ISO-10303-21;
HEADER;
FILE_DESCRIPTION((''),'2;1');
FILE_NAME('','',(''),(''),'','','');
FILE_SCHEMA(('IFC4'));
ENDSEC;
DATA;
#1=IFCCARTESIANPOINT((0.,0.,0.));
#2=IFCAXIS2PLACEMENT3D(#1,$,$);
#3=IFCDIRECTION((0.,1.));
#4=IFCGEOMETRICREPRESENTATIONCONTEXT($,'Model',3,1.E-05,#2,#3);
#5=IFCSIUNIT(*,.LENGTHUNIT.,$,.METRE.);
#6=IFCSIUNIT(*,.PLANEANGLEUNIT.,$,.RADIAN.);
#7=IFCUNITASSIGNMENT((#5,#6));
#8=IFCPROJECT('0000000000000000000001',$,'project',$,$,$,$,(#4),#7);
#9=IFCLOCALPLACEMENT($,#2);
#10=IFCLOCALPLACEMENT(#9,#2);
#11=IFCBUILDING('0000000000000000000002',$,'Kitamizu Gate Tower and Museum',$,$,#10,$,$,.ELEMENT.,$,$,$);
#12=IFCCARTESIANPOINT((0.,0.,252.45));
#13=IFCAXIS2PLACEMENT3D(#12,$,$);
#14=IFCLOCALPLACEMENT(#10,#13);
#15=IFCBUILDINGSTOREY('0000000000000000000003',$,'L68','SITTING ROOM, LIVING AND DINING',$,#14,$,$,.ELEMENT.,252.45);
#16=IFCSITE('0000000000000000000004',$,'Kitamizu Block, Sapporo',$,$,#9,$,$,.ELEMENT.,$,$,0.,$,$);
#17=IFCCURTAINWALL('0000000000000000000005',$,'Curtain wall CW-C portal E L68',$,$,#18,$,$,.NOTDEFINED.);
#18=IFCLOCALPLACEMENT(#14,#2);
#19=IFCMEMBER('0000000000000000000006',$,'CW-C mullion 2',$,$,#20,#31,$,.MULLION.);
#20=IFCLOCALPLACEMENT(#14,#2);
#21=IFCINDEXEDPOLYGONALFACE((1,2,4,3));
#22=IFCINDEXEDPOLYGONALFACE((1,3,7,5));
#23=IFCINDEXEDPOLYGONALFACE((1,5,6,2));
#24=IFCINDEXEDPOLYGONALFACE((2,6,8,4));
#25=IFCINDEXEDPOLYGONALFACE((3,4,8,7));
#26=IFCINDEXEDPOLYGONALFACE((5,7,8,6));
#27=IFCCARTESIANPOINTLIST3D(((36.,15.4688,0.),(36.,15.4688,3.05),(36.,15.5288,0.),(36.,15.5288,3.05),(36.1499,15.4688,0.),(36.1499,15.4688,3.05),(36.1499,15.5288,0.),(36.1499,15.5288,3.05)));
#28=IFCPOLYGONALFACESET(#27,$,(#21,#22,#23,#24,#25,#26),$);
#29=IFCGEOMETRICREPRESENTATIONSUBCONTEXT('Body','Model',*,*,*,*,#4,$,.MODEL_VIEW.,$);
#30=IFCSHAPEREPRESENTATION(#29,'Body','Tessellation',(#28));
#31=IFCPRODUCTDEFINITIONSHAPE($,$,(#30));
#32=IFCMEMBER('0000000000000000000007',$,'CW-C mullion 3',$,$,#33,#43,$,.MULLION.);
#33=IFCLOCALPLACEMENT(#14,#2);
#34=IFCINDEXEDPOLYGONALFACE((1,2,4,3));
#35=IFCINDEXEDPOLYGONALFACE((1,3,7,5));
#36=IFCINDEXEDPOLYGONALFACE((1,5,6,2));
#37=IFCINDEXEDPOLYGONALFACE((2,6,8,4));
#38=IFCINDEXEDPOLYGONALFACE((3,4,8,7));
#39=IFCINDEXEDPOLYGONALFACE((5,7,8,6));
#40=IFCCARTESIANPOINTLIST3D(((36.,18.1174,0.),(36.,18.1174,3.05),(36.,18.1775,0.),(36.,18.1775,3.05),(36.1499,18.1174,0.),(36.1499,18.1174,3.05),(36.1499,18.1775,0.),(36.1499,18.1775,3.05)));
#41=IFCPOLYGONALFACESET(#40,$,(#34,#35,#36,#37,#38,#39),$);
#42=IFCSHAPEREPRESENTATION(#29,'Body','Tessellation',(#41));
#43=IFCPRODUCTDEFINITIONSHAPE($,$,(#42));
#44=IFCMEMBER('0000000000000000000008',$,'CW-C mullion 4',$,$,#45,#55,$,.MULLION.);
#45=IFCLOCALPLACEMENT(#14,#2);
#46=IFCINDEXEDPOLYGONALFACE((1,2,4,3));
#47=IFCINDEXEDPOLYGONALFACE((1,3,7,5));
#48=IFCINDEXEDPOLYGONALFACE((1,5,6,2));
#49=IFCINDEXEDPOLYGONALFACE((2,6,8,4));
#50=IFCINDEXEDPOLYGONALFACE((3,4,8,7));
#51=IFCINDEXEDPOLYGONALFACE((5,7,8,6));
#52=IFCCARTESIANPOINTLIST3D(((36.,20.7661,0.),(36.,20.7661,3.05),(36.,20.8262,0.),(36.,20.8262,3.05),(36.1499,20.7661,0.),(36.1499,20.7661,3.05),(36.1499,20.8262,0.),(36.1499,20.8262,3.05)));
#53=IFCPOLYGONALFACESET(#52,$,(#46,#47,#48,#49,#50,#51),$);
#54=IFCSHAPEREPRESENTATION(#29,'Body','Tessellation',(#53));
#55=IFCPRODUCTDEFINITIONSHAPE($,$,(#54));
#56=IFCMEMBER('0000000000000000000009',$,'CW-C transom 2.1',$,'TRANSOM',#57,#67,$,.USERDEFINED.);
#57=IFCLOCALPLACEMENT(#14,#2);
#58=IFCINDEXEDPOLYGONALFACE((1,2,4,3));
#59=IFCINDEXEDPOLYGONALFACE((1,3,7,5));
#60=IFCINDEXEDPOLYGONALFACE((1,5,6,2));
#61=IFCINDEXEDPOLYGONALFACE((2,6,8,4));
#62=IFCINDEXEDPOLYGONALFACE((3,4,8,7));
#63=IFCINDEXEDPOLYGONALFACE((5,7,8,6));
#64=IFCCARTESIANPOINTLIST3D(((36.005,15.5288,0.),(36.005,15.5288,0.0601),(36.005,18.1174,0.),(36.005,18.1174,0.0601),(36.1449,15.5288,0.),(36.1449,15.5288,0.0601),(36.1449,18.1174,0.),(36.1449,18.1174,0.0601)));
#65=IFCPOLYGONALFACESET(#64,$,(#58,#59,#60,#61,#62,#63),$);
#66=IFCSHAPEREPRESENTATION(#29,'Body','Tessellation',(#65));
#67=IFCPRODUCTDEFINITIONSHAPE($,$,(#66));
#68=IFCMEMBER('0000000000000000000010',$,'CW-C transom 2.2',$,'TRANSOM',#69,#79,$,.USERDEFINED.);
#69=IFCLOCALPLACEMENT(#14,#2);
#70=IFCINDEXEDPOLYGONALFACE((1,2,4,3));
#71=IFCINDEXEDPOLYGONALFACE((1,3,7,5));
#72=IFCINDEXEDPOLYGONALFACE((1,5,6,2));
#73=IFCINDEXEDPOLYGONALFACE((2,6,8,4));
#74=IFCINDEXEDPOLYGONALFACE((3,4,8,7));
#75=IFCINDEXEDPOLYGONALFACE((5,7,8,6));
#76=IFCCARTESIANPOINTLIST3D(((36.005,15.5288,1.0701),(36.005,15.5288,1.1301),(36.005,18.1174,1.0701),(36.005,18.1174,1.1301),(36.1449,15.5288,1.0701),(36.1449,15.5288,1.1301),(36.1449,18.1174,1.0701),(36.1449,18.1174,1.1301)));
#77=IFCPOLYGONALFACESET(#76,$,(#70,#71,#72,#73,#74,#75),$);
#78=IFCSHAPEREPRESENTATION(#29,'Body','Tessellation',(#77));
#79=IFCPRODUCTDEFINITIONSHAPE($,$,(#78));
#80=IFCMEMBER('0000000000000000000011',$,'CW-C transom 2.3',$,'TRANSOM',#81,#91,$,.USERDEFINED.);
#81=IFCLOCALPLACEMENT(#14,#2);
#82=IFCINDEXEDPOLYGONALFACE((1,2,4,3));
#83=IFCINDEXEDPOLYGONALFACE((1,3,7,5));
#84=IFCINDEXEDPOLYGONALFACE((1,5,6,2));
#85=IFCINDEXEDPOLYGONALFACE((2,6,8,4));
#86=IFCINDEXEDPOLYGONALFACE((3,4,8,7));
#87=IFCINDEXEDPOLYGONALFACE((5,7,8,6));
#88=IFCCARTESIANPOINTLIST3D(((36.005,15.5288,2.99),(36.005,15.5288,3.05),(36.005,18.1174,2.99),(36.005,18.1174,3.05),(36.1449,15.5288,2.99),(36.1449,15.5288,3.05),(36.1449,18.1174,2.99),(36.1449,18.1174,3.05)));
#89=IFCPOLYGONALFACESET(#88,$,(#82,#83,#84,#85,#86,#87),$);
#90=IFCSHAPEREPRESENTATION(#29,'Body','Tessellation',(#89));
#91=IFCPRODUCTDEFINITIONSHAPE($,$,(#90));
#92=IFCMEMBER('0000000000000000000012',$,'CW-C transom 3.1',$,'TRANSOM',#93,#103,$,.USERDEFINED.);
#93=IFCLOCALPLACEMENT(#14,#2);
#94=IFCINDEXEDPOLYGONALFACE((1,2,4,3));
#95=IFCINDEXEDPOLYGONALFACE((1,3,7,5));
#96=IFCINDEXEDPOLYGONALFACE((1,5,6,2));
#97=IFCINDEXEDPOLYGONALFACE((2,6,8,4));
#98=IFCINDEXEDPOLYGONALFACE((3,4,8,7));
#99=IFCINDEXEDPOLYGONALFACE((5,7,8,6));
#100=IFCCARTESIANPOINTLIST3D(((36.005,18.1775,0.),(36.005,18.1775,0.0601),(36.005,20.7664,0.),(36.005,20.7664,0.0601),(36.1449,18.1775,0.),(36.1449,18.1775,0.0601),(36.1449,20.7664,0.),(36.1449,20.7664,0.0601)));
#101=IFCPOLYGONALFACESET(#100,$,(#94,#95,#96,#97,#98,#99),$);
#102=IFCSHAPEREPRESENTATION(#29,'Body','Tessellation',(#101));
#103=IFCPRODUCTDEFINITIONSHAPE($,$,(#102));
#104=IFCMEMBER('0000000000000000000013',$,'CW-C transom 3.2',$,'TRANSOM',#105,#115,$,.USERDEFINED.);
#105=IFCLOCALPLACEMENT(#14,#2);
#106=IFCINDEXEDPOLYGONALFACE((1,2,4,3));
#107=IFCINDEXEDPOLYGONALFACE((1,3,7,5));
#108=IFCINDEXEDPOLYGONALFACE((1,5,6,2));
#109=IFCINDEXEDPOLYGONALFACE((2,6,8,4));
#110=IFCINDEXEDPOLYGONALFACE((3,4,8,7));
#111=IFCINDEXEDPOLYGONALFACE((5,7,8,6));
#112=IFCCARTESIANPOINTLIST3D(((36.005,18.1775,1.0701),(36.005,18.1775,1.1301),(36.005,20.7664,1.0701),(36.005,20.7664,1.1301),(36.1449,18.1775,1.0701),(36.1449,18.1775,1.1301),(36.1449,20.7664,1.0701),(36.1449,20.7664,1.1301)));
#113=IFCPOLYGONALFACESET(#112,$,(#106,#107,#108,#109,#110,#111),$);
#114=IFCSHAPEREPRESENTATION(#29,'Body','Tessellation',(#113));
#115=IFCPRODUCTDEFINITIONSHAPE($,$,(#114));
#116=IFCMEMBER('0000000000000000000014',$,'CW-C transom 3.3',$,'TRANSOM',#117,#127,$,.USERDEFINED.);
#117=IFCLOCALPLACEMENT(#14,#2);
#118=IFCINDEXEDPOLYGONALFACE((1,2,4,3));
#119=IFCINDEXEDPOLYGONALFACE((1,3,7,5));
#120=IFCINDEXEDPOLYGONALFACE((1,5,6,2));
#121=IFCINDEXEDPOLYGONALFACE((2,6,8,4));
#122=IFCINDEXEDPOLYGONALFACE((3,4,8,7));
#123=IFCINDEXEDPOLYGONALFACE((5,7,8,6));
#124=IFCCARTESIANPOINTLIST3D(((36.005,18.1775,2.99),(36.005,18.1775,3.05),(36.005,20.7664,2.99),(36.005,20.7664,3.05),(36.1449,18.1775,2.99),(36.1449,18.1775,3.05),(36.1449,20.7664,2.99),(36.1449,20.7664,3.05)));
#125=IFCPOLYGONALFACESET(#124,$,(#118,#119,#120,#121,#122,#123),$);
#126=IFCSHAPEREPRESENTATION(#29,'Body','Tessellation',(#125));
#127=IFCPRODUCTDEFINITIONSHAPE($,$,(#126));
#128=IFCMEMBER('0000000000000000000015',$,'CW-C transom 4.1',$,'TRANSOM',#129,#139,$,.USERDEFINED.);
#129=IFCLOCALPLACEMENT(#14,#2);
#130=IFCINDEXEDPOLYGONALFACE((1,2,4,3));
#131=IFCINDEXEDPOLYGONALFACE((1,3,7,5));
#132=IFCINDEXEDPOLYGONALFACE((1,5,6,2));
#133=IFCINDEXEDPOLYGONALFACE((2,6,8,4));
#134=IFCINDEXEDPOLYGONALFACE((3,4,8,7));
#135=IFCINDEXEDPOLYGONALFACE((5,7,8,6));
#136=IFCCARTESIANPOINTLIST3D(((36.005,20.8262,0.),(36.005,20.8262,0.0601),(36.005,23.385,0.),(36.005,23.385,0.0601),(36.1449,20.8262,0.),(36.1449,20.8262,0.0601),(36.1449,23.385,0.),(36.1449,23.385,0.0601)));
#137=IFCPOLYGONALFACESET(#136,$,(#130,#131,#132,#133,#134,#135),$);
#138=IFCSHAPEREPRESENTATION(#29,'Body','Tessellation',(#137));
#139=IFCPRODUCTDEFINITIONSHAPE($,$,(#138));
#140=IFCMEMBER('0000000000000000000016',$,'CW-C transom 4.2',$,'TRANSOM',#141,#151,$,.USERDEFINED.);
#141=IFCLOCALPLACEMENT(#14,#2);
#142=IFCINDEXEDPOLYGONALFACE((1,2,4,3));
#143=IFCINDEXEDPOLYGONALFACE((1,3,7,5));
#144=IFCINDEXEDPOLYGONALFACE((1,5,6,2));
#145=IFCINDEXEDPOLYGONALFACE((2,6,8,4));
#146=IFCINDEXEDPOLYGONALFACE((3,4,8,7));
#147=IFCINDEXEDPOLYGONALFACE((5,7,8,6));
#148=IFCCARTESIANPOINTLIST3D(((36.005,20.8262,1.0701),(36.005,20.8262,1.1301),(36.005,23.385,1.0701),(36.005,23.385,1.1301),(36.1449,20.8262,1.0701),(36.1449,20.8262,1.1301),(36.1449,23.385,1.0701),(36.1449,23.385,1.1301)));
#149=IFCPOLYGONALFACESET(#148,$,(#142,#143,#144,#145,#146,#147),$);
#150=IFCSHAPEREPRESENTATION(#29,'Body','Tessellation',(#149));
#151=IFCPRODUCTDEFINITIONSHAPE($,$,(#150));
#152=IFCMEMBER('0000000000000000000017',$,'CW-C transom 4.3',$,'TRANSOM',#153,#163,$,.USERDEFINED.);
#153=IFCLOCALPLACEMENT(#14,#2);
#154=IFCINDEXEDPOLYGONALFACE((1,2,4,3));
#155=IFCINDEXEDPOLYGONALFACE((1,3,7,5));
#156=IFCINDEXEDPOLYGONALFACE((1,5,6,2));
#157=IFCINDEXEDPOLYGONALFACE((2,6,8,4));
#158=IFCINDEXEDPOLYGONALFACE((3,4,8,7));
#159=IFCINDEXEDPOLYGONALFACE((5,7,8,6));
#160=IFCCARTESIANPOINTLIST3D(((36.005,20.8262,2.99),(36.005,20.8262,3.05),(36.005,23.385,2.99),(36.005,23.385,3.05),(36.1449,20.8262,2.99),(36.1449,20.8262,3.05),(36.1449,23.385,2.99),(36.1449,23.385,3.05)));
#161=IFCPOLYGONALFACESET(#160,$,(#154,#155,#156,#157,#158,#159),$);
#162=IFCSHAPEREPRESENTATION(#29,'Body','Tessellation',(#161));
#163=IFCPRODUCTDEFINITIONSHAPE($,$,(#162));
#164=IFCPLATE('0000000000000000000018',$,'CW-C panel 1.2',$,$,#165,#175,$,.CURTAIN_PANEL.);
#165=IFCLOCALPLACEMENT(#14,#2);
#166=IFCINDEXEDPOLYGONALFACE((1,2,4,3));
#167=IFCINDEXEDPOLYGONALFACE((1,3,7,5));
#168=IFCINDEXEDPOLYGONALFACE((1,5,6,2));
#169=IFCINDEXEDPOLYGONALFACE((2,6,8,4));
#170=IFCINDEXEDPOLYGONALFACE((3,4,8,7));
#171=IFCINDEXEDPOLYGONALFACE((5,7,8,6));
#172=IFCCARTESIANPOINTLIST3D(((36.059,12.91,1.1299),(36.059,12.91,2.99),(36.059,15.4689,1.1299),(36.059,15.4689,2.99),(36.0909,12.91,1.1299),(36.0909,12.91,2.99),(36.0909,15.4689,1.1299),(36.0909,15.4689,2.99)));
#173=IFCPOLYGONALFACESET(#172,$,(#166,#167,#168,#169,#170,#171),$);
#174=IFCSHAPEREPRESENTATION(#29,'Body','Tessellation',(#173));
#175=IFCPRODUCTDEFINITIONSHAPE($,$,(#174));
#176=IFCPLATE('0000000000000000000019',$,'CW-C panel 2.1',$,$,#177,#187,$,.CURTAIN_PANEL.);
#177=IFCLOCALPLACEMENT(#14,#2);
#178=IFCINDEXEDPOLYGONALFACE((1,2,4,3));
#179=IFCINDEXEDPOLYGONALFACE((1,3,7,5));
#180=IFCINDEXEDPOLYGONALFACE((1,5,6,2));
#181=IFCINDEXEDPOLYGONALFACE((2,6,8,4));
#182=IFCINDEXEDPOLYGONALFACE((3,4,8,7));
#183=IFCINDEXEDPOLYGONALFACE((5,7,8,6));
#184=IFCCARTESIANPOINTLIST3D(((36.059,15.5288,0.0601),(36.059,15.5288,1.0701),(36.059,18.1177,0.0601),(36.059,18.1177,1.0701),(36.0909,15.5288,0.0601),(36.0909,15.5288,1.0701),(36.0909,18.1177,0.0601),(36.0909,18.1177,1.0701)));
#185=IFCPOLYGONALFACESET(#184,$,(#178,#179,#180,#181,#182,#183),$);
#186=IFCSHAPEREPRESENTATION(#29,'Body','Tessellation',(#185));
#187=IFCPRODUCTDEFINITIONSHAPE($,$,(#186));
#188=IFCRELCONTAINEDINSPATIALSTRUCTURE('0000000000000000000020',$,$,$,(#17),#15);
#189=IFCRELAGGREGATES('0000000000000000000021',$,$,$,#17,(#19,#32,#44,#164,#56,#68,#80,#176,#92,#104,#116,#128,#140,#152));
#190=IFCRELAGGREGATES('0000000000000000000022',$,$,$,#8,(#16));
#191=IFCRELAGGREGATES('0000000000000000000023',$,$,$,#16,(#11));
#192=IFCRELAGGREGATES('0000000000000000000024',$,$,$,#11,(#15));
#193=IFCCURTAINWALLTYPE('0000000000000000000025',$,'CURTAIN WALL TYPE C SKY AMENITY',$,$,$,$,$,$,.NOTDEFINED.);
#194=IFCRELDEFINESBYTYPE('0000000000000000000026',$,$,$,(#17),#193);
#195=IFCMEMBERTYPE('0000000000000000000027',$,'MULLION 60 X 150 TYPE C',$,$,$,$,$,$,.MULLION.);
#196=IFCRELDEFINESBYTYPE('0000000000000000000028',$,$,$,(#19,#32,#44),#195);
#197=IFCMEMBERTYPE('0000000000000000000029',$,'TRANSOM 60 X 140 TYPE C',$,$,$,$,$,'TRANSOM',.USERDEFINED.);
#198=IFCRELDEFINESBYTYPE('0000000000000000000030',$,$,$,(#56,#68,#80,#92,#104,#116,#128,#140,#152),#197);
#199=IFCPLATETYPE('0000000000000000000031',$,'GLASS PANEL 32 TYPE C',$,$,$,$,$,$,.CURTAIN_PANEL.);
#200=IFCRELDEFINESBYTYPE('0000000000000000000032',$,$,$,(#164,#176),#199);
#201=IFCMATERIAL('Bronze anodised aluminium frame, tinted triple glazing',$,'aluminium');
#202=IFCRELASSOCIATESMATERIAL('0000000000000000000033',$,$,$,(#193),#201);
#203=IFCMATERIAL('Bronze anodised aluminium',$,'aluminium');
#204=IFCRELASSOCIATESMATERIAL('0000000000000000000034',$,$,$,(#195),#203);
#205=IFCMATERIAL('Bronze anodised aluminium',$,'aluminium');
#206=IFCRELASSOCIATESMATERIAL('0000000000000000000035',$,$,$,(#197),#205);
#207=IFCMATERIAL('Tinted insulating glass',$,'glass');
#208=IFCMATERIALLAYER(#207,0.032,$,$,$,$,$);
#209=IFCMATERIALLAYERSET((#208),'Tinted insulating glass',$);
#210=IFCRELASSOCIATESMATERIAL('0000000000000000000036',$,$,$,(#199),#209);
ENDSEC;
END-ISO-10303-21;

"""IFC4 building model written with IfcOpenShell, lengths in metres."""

from ifc_helpers import new_model, si_unit, direction, frame, origin, origin_2d, place, context, subcontext, project, spatial, rectangle, extrude, material, layer, layer_set, material_profile, profile_set, type_object, element, aggregate, save


model = new_model("IFC4")

# Units and contexts
model_context = context("Model", 3, precision=1e-05, world=origin(), true_north=direction((0.0, 1.0)))
body_context = subcontext(model_context, "Body", "Model", "MODEL_VIEW")
ifc_project = project(units=[si_unit("LENGTHUNIT", "METRE"), si_unit("PLANEANGLEUNIT", "RADIAN")], contexts=[model_context])

# Site, building, storey
site_placement = place(None, origin())
site = spatial("IfcSite", under=ifc_project, at=site_placement, Name="Kitamizu Block, Sapporo", CompositionType="ELEMENT", RefElevation=0.0)
building_placement = place(site_placement, origin())
building = spatial("IfcBuilding", under=site, at=building_placement, Name="Kitamizu Gate Tower and Museum", CompositionType="ELEMENT")
storey_placement = place(building_placement, frame((0.0, 0.0, 252.45)))
storey = spatial("IfcBuildingStorey", under=building, at=storey_placement, Name="L68", Description="SITTING ROOM, LIVING AND DINING", CompositionType="ELEMENT", Elevation=252.45)

# Curtain wall, members, plates
ifc_material_1 = material(Name="Bronze anodised aluminium frame, tinted triple glazing", Category="aluminium")
curtain_wall_type = type_object("IfcCurtainWallType", Name="CURTAIN WALL TYPE C SKY AMENITY", PredefinedType="NOTDEFINED", material=ifc_material_1)
curtain_wall_placement = place(storey_placement, origin())
curtain_wall = element("IfcCurtainWall", 1, at=curtain_wall_placement, inside=storey, type_object=curtain_wall_type, Name="Curtain wall CW-C portal E L68", PredefinedType="NOTDEFINED")
ifc_material_2 = material(Name="Bronze anodised aluminium", Category="aluminium")
ifc_material_profile_1 = material_profile(ifc_material_2, rectangle(XDim=0.0601, YDim=0.1499, at=origin_2d()), Name="AL 60X150")
ifc_profile_set_1 = profile_set([ifc_material_profile_1], Name="Bronze anodised aluminium")
member_type_1 = type_object("IfcMemberType", Name="MULLION 60 X 150 TYPE C", PredefinedType="MULLION", material=ifc_profile_set_1)
member_1_placement = place(storey_placement, frame((36.075, 15.4988, 0.0), z_axis=(0.0, 0.0, 1.0), x_axis=(0.0, 1.0, 0.0)))
member_1 = element("IfcMember", 2, at=member_1_placement, type_object=member_type_1, Name="CW-C mullion 2", PredefinedType="MULLION", context=body_context, shape_type="SweptSolid", body=[
    extrude(rectangle(XDim=0.0601, YDim=0.1499, at=origin_2d()), origin(), (0.0, 0.0, 1.0), 3.05),
])
member_2_placement = place(storey_placement, frame((36.075, 18.1475, 0.0), z_axis=(0.0, 0.0, 1.0), x_axis=(0.0, 1.0, 0.0)))
member_2 = element("IfcMember", 3, at=member_2_placement, type_object=member_type_1, Name="CW-C mullion 3", PredefinedType="MULLION", context=body_context, shape_type="SweptSolid", body=[
    extrude(rectangle(XDim=0.0601, YDim=0.1499, at=origin_2d()), origin(), (0.0, 0.0, 1.0), 3.05),
])
member_3_placement = place(storey_placement, frame((36.075, 20.7961, 0.0), z_axis=(0.0, 0.0, 1.0), x_axis=(0.0, 1.0, 0.0)))
member_3 = element("IfcMember", 4, at=member_3_placement, type_object=member_type_1, Name="CW-C mullion 4", PredefinedType="MULLION", context=body_context, shape_type="SweptSolid", body=[
    extrude(rectangle(XDim=0.0601, YDim=0.1499, at=origin_2d()), origin(), (0.0, 0.0, 1.0), 3.05),
])
ifc_material_3 = material(Name="Bronze anodised aluminium", Category="aluminium")
ifc_material_profile_2 = material_profile(ifc_material_3, rectangle(XDim=0.1399, YDim=0.0601, at=origin_2d()), Name="AL 60X140")
ifc_profile_set_2 = profile_set([ifc_material_profile_2], Name="Bronze anodised aluminium")
member_type_2 = type_object("IfcMemberType", Name="TRANSOM 60 X 140 TYPE C", ElementType="TRANSOM", PredefinedType="USERDEFINED", material=ifc_profile_set_2)
member_4_placement = place(storey_placement, frame((36.075, 15.5288, 0.03), z_axis=(0.0, 1.0, 0.0), x_axis=(-1.0, 0.0, 0.0)))
member_4 = element("IfcMember", 5, at=member_4_placement, type_object=member_type_2, Name="CW-C transom 2.1", ObjectType="TRANSOM", PredefinedType="USERDEFINED", context=body_context, shape_type="SweptSolid", body=[
    extrude(rectangle(XDim=0.1399, YDim=0.0601, at=origin_2d()), origin(), (0.0, 0.0, 1.0), 2.5886),
])
member_5_placement = place(storey_placement, frame((36.075, 15.5288, 1.1001), z_axis=(0.0, 1.0, 0.0), x_axis=(-1.0, 0.0, 0.0)))
member_5 = element("IfcMember", 6, at=member_5_placement, type_object=member_type_2, Name="CW-C transom 2.2", ObjectType="TRANSOM", PredefinedType="USERDEFINED", context=body_context, shape_type="SweptSolid", body=[
    extrude(rectangle(XDim=0.1399, YDim=0.0601, at=origin_2d()), origin(), (0.0, 0.0, 1.0), 2.5886),
])
member_6_placement = place(storey_placement, frame((36.075, 15.5288, 3.02), z_axis=(0.0, 1.0, 0.0), x_axis=(-1.0, 0.0, 0.0)))
member_6 = element("IfcMember", 7, at=member_6_placement, type_object=member_type_2, Name="CW-C transom 2.3", ObjectType="TRANSOM", PredefinedType="USERDEFINED", context=body_context, shape_type="SweptSolid", body=[
    extrude(rectangle(XDim=0.1399, YDim=0.0601, at=origin_2d()), origin(), (0.0, 0.0, 1.0), 2.5886),
])
member_7_placement = place(storey_placement, frame((36.075, 18.1775, 0.03), z_axis=(0.0, 1.0, 0.0), x_axis=(-1.0, 0.0, 0.0)))
member_7 = element("IfcMember", 8, at=member_7_placement, type_object=member_type_2, Name="CW-C transom 3.1", ObjectType="TRANSOM", PredefinedType="USERDEFINED", context=body_context, shape_type="SweptSolid", body=[
    extrude(rectangle(XDim=0.1399, YDim=0.0601, at=origin_2d()), origin(), (0.0, 0.0, 1.0), 2.5889),
])
member_8_placement = place(storey_placement, frame((36.075, 18.1775, 1.1001), z_axis=(0.0, 1.0, 0.0), x_axis=(-1.0, 0.0, 0.0)))
member_8 = element("IfcMember", 9, at=member_8_placement, type_object=member_type_2, Name="CW-C transom 3.2", ObjectType="TRANSOM", PredefinedType="USERDEFINED", context=body_context, shape_type="SweptSolid", body=[
    extrude(rectangle(XDim=0.1399, YDim=0.0601, at=origin_2d()), origin(), (0.0, 0.0, 1.0), 2.5889),
])
member_9_placement = place(storey_placement, frame((36.075, 18.1775, 3.02), z_axis=(0.0, 1.0, 0.0), x_axis=(-1.0, 0.0, 0.0)))
member_9 = element("IfcMember", 10, at=member_9_placement, type_object=member_type_2, Name="CW-C transom 3.3", ObjectType="TRANSOM", PredefinedType="USERDEFINED", context=body_context, shape_type="SweptSolid", body=[
    extrude(rectangle(XDim=0.1399, YDim=0.0601, at=origin_2d()), origin(), (0.0, 0.0, 1.0), 2.5889),
])
member_10_placement = place(storey_placement, frame((36.075, 20.8262, 0.03), z_axis=(0.0, 1.0, 0.0), x_axis=(-1.0, 0.0, 0.0)))
member_10 = element("IfcMember", 11, at=member_10_placement, type_object=member_type_2, Name="CW-C transom 4.1", ObjectType="TRANSOM", PredefinedType="USERDEFINED", context=body_context, shape_type="SweptSolid", body=[
    extrude(rectangle(XDim=0.1399, YDim=0.0601, at=origin_2d()), origin(), (0.0, 0.0, 1.0), 2.5588),
])
member_11_placement = place(storey_placement, frame((36.075, 20.8262, 1.1001), z_axis=(0.0, 1.0, 0.0), x_axis=(-1.0, 0.0, 0.0)))
member_11 = element("IfcMember", 12, at=member_11_placement, type_object=member_type_2, Name="CW-C transom 4.2", ObjectType="TRANSOM", PredefinedType="USERDEFINED", context=body_context, shape_type="SweptSolid", body=[
    extrude(rectangle(XDim=0.1399, YDim=0.0601, at=origin_2d()), origin(), (0.0, 0.0, 1.0), 2.5588),
])
member_12_placement = place(storey_placement, frame((36.075, 20.8262, 3.02), z_axis=(0.0, 1.0, 0.0), x_axis=(-1.0, 0.0, 0.0)))
member_12 = element("IfcMember", 13, at=member_12_placement, type_object=member_type_2, Name="CW-C transom 4.3", ObjectType="TRANSOM", PredefinedType="USERDEFINED", context=body_context, shape_type="SweptSolid", body=[
    extrude(rectangle(XDim=0.1399, YDim=0.0601, at=origin_2d()), origin(), (0.0, 0.0, 1.0), 2.5588),
])
ifc_material_4 = material(Name="Tinted insulating glass", Category="glass")
ifc_layer = layer(ifc_material_4, 0.032)
ifc_layer_set = layer_set([ifc_layer], Name="Tinted insulating glass")
plate_type = type_object("IfcPlateType", Name="GLASS PANEL 32 TYPE C", PredefinedType="CURTAIN_PANEL", material=ifc_layer_set)
plate_1_placement = place(storey_placement, frame((36.075, 14.1895, 1.1299), z_axis=(0.0, 0.0, 1.0), x_axis=(0.0, 1.0, 0.0)))
plate_1 = element("IfcPlate", 14, at=plate_1_placement, type_object=plate_type, Name="CW-C panel 1.2", PredefinedType="CURTAIN_PANEL", context=body_context, shape_type="SweptSolid", body=[
    extrude(rectangle(XDim=2.5588, YDim=0.032, at=origin_2d()), origin(), (0.0, 0.0, 1.0), 1.8601),
])
plate_2_placement = place(storey_placement, frame((36.075, 16.8232, 0.0601), z_axis=(0.0, 0.0, 1.0), x_axis=(0.0, 1.0, 0.0)))
plate_2 = element("IfcPlate", 15, at=plate_2_placement, type_object=plate_type, Name="CW-C panel 2.1", PredefinedType="CURTAIN_PANEL", context=body_context, shape_type="SweptSolid", body=[
    extrude(rectangle(XDim=2.5889, YDim=0.032, at=origin_2d()), origin(), (0.0, 0.0, 1.0), 1.01),
])
aggregate(curtain_wall, [member_1, member_2, member_3, plate_1, member_4, member_5, member_6, plate_2, member_7, member_8, member_9, member_10, member_11, member_12])

save(model, "model.ifc")
